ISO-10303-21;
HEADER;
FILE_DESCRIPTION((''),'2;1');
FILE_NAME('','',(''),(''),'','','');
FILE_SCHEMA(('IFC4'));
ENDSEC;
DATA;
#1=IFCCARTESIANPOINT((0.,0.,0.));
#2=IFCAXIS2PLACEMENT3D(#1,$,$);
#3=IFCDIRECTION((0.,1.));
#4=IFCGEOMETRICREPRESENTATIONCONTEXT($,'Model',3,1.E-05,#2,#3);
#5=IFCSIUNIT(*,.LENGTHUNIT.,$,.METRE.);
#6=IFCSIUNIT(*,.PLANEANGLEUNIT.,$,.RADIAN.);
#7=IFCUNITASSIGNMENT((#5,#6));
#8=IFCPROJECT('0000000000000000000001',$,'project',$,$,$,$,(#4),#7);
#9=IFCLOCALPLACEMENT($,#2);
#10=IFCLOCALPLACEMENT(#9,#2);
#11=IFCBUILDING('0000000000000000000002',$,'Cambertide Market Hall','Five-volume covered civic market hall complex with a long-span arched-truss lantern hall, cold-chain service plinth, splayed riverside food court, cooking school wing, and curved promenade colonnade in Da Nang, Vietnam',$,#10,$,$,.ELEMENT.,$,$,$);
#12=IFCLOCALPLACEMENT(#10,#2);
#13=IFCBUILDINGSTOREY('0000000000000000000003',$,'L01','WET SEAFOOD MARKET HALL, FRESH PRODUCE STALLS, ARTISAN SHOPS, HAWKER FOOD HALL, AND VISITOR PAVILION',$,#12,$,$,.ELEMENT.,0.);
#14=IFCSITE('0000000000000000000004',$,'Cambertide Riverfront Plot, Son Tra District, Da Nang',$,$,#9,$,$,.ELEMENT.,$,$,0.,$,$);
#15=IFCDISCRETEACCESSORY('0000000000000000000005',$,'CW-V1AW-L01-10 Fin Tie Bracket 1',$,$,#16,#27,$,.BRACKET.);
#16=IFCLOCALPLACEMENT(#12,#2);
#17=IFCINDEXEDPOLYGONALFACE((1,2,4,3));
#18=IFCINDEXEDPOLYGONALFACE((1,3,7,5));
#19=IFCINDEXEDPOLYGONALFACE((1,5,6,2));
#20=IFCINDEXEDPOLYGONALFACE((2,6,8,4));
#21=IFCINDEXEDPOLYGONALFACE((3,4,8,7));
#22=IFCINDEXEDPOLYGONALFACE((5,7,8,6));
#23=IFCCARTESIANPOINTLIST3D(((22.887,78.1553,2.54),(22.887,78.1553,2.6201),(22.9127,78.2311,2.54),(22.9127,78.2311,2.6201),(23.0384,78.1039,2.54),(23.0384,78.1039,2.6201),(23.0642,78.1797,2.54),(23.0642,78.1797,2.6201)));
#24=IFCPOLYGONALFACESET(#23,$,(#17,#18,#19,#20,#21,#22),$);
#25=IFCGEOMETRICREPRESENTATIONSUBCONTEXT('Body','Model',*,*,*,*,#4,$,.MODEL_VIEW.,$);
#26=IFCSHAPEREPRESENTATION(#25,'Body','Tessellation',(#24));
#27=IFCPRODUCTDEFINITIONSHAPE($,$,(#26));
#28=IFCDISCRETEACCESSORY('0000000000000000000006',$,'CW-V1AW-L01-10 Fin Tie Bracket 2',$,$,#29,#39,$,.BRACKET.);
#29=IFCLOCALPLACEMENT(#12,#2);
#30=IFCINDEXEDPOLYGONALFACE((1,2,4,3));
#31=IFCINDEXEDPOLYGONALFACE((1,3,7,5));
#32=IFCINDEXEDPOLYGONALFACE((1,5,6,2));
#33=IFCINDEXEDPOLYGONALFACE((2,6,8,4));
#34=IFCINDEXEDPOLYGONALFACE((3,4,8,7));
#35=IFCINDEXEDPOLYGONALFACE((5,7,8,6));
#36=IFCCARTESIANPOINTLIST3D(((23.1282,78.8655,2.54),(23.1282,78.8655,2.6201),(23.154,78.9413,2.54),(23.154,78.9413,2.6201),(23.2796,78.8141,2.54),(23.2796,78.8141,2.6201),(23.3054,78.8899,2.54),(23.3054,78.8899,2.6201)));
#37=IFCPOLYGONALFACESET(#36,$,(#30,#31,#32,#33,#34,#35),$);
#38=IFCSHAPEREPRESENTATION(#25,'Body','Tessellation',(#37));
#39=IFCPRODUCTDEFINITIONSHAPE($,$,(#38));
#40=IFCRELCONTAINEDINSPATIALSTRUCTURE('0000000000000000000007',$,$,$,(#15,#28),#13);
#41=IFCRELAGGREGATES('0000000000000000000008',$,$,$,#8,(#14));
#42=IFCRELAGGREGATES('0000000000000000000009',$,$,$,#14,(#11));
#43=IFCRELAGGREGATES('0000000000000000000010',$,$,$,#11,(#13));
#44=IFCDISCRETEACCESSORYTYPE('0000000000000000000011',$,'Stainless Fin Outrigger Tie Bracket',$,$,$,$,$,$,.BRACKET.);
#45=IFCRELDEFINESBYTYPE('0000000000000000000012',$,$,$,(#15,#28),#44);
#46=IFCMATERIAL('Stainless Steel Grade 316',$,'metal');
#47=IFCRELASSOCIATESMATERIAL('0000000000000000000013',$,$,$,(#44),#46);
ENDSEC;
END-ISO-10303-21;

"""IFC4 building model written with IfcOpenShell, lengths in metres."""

from ifc_helpers import new_model, si_unit, direction, frame, origin, origin_2d, place, context, subcontext, project, spatial, rectangle, extrude, material, type_object, element, save


model = new_model("IFC4")

# Units and contexts
model_context = context("Model", 3, precision=1e-05, world=origin(), true_north=direction((0.0, 1.0)))
body_context = subcontext(model_context, "Body", "Model", "MODEL_VIEW")
ifc_project = project(units=[si_unit("LENGTHUNIT", "METRE"), si_unit("PLANEANGLEUNIT", "RADIAN")], contexts=[model_context])

# Site, building, storey
site_placement = place(None, origin())
site = spatial("IfcSite", under=ifc_project, at=site_placement, Name="Cambertide Riverfront Plot, Son Tra District, Da Nang", CompositionType="ELEMENT", RefElevation=0.0)
building_placement = place(site_placement, origin())
building = spatial("IfcBuilding", under=site, at=building_placement, Name="Cambertide Market Hall", Description="Five-volume covered civic market hall complex with a long-span arched-truss lantern hall, cold-chain service plinth, splayed riverside food court, cooking school wing, and curved promenade colonnade in Da Nang, Vietnam", CompositionType="ELEMENT")
storey_placement = place(building_placement, origin())
storey = spatial("IfcBuildingStorey", under=building, at=storey_placement, Name="L01", Description="WET SEAFOOD MARKET HALL, FRESH PRODUCE STALLS, ARTISAN SHOPS, HAWKER FOOD HALL, AND VISITOR PAVILION", CompositionType="ELEMENT", Elevation=0.0)

# Discrete accessories
ifc_material_1 = material(Name="Stainless Steel Grade 316", Category="metal")
discrete_accessory_type = type_object("IfcDiscreteAccessoryType", Name="Stainless Fin Outrigger Tie Bracket", PredefinedType="BRACKET", material=ifc_material_1)
for number, where, z_axis, x_axis, name in (
    (1, (22.9756, 78.1675, 2.54), (0.0, 0.0, 1.0), (0.321439, 0.94693, 0.0), "CW-V1AW-L01-10 Fin Tie Bracket 1"),
    (2, (23.2168, 78.8777, 2.54), (0.0, 0.0, 1.0), (0.321439, 0.94693, 0.0), "CW-V1AW-L01-10 Fin Tie Bracket 2"),
):
    element("IfcDiscreteAccessory", number, at=place(storey_placement, frame(where, z_axis=z_axis, x_axis=x_axis)), inside=storey, type_object=discrete_accessory_type, Name=name, PredefinedType="BRACKET", context=body_context, shape_type="SweptSolid", body=[
        extrude(rectangle(XDim=0.0801, YDim=0.1599, at=origin_2d()), origin(), (0.0, 0.0, 1.0), 0.0801),
    ])

save(model, "model.ifc")
